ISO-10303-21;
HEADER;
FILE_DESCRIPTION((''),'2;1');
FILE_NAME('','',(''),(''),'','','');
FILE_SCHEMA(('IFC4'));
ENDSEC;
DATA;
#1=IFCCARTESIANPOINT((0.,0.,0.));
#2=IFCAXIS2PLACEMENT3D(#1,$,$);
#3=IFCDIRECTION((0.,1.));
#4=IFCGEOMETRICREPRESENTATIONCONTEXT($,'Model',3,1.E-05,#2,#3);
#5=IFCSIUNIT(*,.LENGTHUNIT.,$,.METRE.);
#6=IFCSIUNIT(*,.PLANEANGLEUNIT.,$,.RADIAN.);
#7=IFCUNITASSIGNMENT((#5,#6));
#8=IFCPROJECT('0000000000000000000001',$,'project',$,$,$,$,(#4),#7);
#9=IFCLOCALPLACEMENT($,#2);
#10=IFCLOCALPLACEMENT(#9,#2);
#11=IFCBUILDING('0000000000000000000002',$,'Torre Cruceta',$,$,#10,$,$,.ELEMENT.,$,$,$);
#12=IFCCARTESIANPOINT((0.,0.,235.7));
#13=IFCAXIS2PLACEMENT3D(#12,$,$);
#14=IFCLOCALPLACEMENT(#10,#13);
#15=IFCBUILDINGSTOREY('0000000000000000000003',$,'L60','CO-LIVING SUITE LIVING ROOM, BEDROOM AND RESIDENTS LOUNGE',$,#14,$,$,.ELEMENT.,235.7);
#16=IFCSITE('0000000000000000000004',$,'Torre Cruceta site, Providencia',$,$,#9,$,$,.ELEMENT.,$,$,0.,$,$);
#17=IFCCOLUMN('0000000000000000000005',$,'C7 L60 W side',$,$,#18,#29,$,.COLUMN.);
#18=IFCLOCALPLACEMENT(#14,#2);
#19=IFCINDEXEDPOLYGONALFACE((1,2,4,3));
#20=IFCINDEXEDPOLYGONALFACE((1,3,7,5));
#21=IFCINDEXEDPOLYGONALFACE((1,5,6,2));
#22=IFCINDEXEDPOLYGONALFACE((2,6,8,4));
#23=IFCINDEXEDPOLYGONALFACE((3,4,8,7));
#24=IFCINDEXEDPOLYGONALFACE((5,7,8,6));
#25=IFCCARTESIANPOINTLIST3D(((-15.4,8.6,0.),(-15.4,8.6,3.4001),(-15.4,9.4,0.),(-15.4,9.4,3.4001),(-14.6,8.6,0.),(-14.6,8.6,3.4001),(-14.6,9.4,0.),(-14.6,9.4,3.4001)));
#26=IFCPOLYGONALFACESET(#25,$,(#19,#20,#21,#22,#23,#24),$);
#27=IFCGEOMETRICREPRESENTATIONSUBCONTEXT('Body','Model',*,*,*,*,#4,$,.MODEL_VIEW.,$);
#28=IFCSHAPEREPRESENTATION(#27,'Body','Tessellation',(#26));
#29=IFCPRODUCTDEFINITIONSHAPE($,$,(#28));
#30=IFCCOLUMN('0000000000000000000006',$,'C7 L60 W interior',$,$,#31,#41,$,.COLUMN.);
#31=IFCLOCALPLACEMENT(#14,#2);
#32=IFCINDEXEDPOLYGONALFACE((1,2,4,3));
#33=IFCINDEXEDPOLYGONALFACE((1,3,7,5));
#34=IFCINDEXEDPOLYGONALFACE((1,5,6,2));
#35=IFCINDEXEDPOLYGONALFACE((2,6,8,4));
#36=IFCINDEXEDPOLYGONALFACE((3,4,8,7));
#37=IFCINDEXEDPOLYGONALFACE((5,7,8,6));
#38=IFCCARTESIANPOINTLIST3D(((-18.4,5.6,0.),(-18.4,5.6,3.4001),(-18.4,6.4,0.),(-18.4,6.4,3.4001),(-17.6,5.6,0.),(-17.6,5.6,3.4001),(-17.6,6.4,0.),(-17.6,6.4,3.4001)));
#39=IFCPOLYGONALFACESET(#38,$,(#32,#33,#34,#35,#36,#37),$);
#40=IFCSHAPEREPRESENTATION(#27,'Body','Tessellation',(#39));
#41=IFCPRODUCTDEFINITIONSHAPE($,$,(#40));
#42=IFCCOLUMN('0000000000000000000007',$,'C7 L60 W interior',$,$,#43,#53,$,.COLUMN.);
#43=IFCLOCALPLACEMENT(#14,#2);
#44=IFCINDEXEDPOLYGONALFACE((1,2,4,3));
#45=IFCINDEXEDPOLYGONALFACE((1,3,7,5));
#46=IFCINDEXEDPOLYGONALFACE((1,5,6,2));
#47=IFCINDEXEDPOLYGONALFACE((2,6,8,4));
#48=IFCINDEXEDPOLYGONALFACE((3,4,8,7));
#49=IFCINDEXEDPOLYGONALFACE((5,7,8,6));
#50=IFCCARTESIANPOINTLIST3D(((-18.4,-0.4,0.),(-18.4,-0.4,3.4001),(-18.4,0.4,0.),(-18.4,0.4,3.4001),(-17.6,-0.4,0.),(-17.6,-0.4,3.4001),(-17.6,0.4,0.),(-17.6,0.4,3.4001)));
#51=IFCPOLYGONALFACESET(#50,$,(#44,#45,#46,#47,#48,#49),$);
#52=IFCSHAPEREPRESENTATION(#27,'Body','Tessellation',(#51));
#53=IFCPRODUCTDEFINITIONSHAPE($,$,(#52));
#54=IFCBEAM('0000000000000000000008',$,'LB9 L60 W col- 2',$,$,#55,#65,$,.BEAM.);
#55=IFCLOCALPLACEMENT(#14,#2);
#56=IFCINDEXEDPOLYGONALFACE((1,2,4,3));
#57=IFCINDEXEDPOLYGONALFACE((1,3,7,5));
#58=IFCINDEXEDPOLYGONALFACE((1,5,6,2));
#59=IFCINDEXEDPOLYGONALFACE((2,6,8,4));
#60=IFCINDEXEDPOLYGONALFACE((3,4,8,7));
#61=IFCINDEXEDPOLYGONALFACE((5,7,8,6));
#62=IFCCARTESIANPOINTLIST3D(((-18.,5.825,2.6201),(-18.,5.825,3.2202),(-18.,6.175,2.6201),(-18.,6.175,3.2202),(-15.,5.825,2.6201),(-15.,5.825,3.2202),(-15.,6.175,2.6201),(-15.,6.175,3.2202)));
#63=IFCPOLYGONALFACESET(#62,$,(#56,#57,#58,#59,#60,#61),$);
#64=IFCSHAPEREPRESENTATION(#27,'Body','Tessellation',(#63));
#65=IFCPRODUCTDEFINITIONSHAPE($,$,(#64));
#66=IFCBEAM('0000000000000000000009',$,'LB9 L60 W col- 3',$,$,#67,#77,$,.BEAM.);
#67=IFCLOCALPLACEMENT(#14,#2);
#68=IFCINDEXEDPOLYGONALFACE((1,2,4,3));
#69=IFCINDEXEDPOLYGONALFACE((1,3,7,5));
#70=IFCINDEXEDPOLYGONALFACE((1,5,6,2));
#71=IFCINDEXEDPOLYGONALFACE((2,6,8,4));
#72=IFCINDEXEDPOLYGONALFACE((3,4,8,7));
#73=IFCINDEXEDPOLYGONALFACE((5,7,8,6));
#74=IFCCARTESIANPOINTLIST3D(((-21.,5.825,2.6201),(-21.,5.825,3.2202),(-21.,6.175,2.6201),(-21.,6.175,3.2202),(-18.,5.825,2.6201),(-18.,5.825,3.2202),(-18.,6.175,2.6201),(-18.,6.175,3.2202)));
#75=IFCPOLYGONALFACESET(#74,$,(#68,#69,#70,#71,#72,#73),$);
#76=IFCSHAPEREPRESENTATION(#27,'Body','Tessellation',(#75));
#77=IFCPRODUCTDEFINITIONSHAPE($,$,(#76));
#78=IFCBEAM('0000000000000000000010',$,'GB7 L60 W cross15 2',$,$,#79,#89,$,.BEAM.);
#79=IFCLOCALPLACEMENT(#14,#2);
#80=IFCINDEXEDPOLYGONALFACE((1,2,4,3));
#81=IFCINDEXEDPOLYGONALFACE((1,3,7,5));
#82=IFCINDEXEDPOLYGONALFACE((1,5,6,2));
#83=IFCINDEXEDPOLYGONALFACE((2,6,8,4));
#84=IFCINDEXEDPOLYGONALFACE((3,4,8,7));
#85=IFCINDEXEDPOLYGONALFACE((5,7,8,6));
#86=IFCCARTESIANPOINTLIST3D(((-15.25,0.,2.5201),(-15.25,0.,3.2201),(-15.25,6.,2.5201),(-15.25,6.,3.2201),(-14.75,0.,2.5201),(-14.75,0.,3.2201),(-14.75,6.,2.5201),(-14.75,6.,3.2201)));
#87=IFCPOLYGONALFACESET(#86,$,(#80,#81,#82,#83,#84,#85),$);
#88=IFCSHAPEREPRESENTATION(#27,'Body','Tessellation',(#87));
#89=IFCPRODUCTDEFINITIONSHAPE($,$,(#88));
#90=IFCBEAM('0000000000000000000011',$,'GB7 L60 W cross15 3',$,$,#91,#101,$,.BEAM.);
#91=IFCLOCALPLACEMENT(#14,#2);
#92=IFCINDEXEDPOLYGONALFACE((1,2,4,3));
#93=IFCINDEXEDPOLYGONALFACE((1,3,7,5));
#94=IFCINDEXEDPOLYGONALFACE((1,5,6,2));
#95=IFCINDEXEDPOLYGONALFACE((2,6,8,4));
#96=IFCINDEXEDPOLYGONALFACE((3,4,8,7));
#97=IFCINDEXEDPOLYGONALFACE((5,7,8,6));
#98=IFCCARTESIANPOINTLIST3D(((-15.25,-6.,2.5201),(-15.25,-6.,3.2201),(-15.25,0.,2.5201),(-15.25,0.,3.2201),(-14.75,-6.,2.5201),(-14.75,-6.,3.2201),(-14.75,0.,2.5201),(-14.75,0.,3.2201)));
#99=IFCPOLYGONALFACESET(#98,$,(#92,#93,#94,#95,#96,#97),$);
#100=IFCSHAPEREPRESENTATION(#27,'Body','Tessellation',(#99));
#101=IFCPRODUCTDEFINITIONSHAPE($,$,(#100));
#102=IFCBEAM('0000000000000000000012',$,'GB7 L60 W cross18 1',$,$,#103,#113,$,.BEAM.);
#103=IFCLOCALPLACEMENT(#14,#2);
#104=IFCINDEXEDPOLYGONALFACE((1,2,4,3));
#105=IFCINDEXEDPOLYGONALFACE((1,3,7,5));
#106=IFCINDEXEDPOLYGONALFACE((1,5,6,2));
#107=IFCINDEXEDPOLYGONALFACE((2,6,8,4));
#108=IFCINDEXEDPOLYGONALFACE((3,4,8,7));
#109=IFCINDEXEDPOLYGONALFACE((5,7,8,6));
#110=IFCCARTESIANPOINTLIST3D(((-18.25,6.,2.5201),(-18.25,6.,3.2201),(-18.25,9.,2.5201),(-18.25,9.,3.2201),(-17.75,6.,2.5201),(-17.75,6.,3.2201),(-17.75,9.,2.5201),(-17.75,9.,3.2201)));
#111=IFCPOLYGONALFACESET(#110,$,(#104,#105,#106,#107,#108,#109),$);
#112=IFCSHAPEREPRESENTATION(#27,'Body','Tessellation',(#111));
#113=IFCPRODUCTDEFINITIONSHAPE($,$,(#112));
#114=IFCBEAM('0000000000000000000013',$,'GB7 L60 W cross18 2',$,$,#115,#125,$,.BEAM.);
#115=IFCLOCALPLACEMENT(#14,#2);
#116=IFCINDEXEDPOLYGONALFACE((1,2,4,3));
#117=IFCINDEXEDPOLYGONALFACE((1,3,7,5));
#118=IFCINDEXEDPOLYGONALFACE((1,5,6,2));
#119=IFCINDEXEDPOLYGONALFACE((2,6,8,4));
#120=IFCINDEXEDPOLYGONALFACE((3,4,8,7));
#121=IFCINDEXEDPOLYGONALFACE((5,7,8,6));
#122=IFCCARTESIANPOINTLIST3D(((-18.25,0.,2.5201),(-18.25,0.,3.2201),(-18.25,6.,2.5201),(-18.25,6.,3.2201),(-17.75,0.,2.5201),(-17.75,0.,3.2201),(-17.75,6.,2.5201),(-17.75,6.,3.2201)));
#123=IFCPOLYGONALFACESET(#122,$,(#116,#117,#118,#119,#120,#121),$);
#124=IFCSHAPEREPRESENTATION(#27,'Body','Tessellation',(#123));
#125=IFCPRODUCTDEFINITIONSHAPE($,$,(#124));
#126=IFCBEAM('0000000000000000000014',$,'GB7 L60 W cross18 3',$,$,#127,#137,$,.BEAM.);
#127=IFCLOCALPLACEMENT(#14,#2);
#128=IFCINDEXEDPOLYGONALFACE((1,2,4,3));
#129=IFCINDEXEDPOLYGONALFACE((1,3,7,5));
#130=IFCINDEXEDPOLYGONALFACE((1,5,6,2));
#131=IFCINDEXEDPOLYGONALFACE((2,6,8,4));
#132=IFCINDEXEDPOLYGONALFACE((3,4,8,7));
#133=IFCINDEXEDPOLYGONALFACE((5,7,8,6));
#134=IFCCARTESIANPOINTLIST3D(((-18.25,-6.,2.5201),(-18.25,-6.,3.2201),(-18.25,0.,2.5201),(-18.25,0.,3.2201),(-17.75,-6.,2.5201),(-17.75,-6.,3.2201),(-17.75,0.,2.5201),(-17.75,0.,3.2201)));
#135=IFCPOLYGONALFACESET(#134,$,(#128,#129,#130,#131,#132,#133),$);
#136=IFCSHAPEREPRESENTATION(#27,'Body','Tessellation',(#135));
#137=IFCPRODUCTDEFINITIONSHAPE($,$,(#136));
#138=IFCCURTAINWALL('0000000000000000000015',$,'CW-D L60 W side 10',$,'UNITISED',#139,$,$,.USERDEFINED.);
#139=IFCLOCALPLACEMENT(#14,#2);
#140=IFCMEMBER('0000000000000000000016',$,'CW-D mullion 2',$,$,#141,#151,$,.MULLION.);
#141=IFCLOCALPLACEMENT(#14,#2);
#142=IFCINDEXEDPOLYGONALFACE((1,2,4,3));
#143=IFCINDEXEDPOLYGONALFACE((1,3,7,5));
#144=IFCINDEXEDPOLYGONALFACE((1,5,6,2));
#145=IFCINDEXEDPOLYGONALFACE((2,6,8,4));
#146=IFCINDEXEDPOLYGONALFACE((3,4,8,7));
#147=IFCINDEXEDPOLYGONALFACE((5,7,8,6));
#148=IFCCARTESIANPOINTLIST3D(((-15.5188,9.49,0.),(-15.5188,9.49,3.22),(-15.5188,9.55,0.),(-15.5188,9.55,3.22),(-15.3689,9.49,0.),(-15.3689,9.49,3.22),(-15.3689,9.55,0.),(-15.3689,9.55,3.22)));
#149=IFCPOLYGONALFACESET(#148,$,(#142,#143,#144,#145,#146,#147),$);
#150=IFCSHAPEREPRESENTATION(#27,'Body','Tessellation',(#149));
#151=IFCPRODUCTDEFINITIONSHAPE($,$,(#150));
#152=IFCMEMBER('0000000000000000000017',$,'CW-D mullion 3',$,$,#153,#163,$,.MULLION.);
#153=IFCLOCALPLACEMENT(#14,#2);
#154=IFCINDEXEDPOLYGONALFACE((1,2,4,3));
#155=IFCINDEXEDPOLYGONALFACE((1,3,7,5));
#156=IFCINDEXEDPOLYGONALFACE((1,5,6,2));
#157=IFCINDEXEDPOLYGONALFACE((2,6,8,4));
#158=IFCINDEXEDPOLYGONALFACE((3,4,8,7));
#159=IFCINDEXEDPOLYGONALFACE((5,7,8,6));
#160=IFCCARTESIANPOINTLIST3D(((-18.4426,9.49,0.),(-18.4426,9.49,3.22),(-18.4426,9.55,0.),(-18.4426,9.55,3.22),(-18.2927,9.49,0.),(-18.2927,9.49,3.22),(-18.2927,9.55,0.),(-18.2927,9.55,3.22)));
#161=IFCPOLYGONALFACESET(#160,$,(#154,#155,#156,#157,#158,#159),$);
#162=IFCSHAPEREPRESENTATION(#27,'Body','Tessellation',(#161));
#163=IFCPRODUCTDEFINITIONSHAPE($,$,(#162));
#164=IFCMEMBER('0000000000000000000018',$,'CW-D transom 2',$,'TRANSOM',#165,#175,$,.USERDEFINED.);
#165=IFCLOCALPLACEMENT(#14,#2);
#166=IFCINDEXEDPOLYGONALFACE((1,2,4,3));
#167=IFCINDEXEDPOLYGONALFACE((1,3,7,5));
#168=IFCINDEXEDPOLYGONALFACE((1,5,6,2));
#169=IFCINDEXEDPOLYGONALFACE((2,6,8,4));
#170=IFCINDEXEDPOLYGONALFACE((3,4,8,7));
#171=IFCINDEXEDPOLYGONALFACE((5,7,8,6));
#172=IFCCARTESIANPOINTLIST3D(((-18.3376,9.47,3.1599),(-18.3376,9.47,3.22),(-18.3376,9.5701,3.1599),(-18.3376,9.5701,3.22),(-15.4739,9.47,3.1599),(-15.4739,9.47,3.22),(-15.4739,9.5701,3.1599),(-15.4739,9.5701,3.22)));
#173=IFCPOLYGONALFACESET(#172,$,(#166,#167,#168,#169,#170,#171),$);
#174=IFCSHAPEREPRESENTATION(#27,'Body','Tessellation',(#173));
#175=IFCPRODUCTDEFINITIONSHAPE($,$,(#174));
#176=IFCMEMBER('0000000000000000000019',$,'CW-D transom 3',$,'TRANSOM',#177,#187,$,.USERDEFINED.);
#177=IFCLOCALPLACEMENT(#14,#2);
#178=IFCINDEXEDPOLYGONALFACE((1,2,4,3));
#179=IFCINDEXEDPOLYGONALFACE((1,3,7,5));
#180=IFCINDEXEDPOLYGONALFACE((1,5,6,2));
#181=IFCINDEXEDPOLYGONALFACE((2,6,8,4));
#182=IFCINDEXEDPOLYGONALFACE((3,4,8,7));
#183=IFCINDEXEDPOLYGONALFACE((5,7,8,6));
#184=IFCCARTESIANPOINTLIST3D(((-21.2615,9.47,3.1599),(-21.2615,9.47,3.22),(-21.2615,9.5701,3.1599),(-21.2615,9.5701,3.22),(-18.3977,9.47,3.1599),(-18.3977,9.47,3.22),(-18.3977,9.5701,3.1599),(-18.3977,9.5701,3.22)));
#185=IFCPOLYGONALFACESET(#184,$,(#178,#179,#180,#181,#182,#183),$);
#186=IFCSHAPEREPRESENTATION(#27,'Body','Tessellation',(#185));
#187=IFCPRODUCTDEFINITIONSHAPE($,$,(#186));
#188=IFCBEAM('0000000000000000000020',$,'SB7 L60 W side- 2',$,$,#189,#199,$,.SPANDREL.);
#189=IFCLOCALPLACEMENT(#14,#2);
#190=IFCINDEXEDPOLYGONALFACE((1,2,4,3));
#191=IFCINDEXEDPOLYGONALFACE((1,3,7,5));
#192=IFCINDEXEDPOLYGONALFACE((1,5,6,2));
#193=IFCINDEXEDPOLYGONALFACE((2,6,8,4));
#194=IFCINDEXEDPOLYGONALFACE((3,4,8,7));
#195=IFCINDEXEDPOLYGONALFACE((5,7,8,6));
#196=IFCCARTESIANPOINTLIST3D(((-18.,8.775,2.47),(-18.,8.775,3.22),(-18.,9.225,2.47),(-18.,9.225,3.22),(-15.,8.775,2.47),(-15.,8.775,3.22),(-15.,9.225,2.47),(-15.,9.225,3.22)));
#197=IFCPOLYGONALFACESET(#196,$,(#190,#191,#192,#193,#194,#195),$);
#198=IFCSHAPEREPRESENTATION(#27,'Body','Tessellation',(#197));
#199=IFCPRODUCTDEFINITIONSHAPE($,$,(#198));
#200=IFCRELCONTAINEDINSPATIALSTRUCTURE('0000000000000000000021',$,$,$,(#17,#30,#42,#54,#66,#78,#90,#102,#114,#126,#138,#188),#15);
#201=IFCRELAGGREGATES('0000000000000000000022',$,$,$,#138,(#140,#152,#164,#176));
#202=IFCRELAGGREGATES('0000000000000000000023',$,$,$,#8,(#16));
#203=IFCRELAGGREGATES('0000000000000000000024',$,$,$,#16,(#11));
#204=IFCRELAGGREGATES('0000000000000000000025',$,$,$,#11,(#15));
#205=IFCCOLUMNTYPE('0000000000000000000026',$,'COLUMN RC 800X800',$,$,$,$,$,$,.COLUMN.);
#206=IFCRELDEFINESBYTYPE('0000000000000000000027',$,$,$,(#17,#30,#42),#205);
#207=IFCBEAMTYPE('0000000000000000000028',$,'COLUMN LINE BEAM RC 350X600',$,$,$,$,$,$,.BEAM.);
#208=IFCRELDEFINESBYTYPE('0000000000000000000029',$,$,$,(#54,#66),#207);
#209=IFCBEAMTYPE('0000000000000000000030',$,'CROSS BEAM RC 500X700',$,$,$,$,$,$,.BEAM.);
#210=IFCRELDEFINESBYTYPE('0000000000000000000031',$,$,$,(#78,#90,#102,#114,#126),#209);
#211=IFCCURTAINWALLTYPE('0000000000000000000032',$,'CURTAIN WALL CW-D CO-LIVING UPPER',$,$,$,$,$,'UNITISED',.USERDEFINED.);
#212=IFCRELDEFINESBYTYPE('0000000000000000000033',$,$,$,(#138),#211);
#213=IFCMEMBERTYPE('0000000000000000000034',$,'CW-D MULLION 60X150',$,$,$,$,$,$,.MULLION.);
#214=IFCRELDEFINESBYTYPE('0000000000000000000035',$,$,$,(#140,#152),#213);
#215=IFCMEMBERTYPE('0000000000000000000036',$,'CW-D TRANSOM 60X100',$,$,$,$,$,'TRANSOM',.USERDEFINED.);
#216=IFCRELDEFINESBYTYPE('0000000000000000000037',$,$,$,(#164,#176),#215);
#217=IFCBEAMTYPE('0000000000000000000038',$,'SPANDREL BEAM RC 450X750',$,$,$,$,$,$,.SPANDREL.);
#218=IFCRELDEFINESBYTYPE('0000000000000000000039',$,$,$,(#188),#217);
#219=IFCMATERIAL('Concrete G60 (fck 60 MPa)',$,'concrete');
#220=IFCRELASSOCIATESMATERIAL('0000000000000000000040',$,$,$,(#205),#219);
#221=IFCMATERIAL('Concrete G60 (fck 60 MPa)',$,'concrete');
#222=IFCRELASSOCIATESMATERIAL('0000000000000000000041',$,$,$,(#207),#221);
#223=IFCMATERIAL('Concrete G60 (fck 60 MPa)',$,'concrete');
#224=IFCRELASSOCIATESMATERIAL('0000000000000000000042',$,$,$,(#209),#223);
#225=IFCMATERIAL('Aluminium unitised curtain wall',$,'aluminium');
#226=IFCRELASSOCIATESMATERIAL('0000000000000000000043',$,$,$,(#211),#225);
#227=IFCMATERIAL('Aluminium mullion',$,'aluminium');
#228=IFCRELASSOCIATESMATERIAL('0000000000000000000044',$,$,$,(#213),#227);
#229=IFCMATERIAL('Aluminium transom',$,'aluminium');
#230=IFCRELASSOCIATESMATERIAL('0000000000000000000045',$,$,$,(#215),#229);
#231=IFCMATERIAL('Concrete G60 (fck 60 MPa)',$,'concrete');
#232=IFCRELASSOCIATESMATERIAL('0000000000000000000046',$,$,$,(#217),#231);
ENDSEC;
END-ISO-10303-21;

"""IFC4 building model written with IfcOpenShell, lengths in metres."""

from ifc_helpers import new_model, si_unit, direction, frame, origin, origin_2d, place, context, subcontext, project, spatial, rectangle, extrude, material, material_profile, profile_set, type_object, element, aggregate, save


model = new_model("IFC4")

# Units and contexts
model_context = context("Model", 3, precision=1e-05, world=origin(), true_north=direction((0.0, 1.0)))
body_context = subcontext(model_context, "Body", "Model", "MODEL_VIEW")
ifc_project = project(units=[si_unit("LENGTHUNIT", "METRE"), si_unit("PLANEANGLEUNIT", "RADIAN")], contexts=[model_context])

# Site, building, storey
site_placement = place(None, origin())
site = spatial("IfcSite", under=ifc_project, at=site_placement, Name="Torre Cruceta site, Providencia", CompositionType="ELEMENT", RefElevation=0.0)
building_placement = place(site_placement, origin())
building = spatial("IfcBuilding", under=site, at=building_placement, Name="Torre Cruceta", CompositionType="ELEMENT")
storey_placement = place(building_placement, frame((0.0, 0.0, 235.7)))
storey = spatial("IfcBuildingStorey", under=building, at=storey_placement, Name="L60", Description="CO-LIVING SUITE LIVING ROOM, BEDROOM AND RESIDENTS LOUNGE", CompositionType="ELEMENT", Elevation=235.7)

# Columns
ifc_material_1 = material(Name="Concrete G60 (fck 60 MPa)", Category="concrete")
ifc_material_profile_1 = material_profile(ifc_material_1, rectangle(XDim=0.8, YDim=0.8, at=origin_2d()), Name="RC 800X800")
ifc_profile_set_1 = profile_set([ifc_material_profile_1], Name="Concrete G60 (fck 60 MPa)")
column_type = type_object("IfcColumnType", Name="COLUMN RC 800X800", PredefinedType="COLUMN", material=ifc_profile_set_1)
for number, where, z_axis, x_axis, name in (
    (1, (-15.0, 9.0, 0.0), (0.0, 0.0, 1.0), (1.0, 0.0, 0.0), "C7 L60 W side"),
    (2, (-18.0, 6.0, 0.0), (0.0, 0.0, 1.0), (1.0, 0.0, 0.0), "C7 L60 W interior"),
    (3, (-18.0, 0.0, 0.0), (0.0, 0.0, 1.0), (1.0, 0.0, 0.0), "C7 L60 W interior"),
):
    element("IfcColumn", number, at=place(storey_placement, frame(where, z_axis=z_axis, x_axis=x_axis)), inside=storey, type_object=column_type, Name=name, PredefinedType="COLUMN", context=body_context, shape_type="SweptSolid", body=[
        extrude(rectangle(XDim=0.8, YDim=0.8, at=origin_2d()), origin(), (0.0, 0.0, 1.0), 3.4001),
    ])

# Beams
ifc_material_2 = material(Name="Concrete G60 (fck 60 MPa)", Category="concrete")
ifc_material_profile_2 = material_profile(ifc_material_2, rectangle(XDim=0.3501, YDim=0.6001, at=origin_2d()), Name="RC 350X600")
ifc_profile_set_2 = profile_set([ifc_material_profile_2], Name="Concrete G60 (fck 60 MPa)")
beam_type_1 = type_object("IfcBeamType", Name="COLUMN LINE BEAM RC 350X600", PredefinedType="BEAM", material=ifc_profile_set_2)
for number, where, z_axis, x_axis, name in (
    (4, (-15.0, 6.0, 2.9202), (-1.0, 0.0, 0.0), (0.0, -1.0, 0.0), "LB9 L60 W col- 2"),
    (5, (-18.0, 6.0, 2.9202), (-1.0, 0.0, 0.0), (0.0, -1.0, 0.0), "LB9 L60 W col- 3"),
):
    element("IfcBeam", number, at=place(storey_placement, frame(where, z_axis=z_axis, x_axis=x_axis)), inside=storey, type_object=beam_type_1, Name=name, PredefinedType="BEAM", context=body_context, shape_type="SweptSolid", body=[
        extrude(rectangle(XDim=0.3501, YDim=0.6001, at=origin_2d()), origin(), (0.0, 0.0, 1.0), 3.0),
    ])
ifc_material_3 = material(Name="Concrete G60 (fck 60 MPa)", Category="concrete")
ifc_material_profile_3 = material_profile(ifc_material_3, rectangle(XDim=0.5, YDim=0.7, at=origin_2d()), Name="RC 500X700")
ifc_profile_set_3 = profile_set([ifc_material_profile_3], Name="Concrete G60 (fck 60 MPa)")
beam_type_2 = type_object("IfcBeamType", Name="CROSS BEAM RC 500X700", PredefinedType="BEAM", material=ifc_profile_set_3)
for number, where, z_axis, x_axis, name in (
    (6, (-15.0, 6.0, 2.8701), (0.0, -1.0, 0.0), (1.0, 0.0, 0.0), "GB7 L60 W cross15 2"),
    (7, (-15.0, 0.0, 2.8701), (0.0, -1.0, 0.0), (1.0, 0.0, 0.0), "GB7 L60 W cross15 3"),
):
    element("IfcBeam", number, at=place(storey_placement, frame(where, z_axis=z_axis, x_axis=x_axis)), inside=storey, type_object=beam_type_2, Name=name, PredefinedType="BEAM", context=body_context, shape_type="SweptSolid", body=[
        extrude(rectangle(XDim=0.5, YDim=0.7, at=origin_2d()), origin(), (0.0, 0.0, 1.0), 6.0),
    ])
beam_placement = place(storey_placement, frame((-18.0, 9.0, 2.8701), z_axis=(0.0, -1.0, 0.0), x_axis=(1.0, 0.0, 0.0)))
element("IfcBeam", 8, at=beam_placement, inside=storey, type_object=beam_type_2, Name="GB7 L60 W cross18 1", PredefinedType="BEAM", context=body_context, shape_type="SweptSolid", body=[
    extrude(rectangle(XDim=0.5, YDim=0.7, at=origin_2d()), origin(), (0.0, 0.0, 1.0), 3.0),
])
for number, where, z_axis, x_axis, name in (
    (9, (-18.0, 6.0, 2.8701), (0.0, -1.0, 0.0), (1.0, 0.0, 0.0), "GB7 L60 W cross18 2"),
    (10, (-18.0, 0.0, 2.8701), (0.0, -1.0, 0.0), (1.0, 0.0, 0.0), "GB7 L60 W cross18 3"),
):
    element("IfcBeam", number, at=place(storey_placement, frame(where, z_axis=z_axis, x_axis=x_axis)), inside=storey, type_object=beam_type_2, Name=name, PredefinedType="BEAM", context=body_context, shape_type="SweptSolid", body=[
        extrude(rectangle(XDim=0.5, YDim=0.7, at=origin_2d()), origin(), (0.0, 0.0, 1.0), 6.0),
    ])

# Curtain wall, members
ifc_material_4 = material(Name="Aluminium unitised curtain wall", Category="aluminium")
curtain_wall_type = type_object("IfcCurtainWallType", Name="CURTAIN WALL CW-D CO-LIVING UPPER", ElementType="UNITISED", PredefinedType="USERDEFINED", material=ifc_material_4)
curtain_wall_placement = place(storey_placement, origin())
curtain_wall = element("IfcCurtainWall", 11, at=curtain_wall_placement, inside=storey, type_object=curtain_wall_type, Name="CW-D L60 W side 10", ObjectType="UNITISED", PredefinedType="USERDEFINED")
ifc_material_5 = material(Name="Aluminium mullion", Category="aluminium")
ifc_material_profile_4 = material_profile(ifc_material_5, rectangle(XDim=0.0601, YDim=0.1499, at=origin_2d()), Name="AL 60X150")
ifc_profile_set_4 = profile_set([ifc_material_profile_4], Name="Aluminium mullion")
member_type_1 = type_object("IfcMemberType", Name="CW-D MULLION 60X150", PredefinedType="MULLION", material=ifc_profile_set_4)
member_1_placement = place(storey_placement, frame((-15.4438, 9.52, 0.0), z_axis=(0.0, 0.0, 1.0), x_axis=(0.0, -1.0, 0.0)))
member_1 = element("IfcMember", 12, at=member_1_placement, type_object=member_type_1, Name="CW-D mullion 2", PredefinedType="MULLION", context=body_context, shape_type="SweptSolid", body=[
    extrude(rectangle(XDim=0.0601, YDim=0.1499, at=origin_2d()), origin(), (0.0, 0.0, 1.0), 3.22),
])
member_2_placement = place(storey_placement, frame((-18.3677, 9.52, 0.0), z_axis=(0.0, 0.0, 1.0), x_axis=(0.0, -1.0, 0.0)))
member_2 = element("IfcMember", 13, at=member_2_placement, type_object=member_type_1, Name="CW-D mullion 3", PredefinedType="MULLION", context=body_context, shape_type="SweptSolid", body=[
    extrude(rectangle(XDim=0.0601, YDim=0.1499, at=origin_2d()), origin(), (0.0, 0.0, 1.0), 3.22),
])
ifc_material_6 = material(Name="Aluminium transom", Category="aluminium")
ifc_material_profile_5 = material_profile(ifc_material_6, rectangle(XDim=0.1001, YDim=0.0601, at=origin_2d()), Name="AL 100X60")
ifc_profile_set_5 = profile_set([ifc_material_profile_5], Name="Aluminium transom")
member_type_2 = type_object("IfcMemberType", Name="CW-D TRANSOM 60X100", ElementType="TRANSOM", PredefinedType="USERDEFINED", material=ifc_profile_set_5)
member_3_placement = place(storey_placement, frame((-15.4739, 9.52, 3.1899), z_axis=(-1.0, 0.0, 0.0), x_axis=(0.0, -1.0, 0.0)))
member_3 = element("IfcMember", 14, at=member_3_placement, type_object=member_type_2, Name="CW-D transom 2", ObjectType="TRANSOM", PredefinedType="USERDEFINED", context=body_context, shape_type="SweptSolid", body=[
    extrude(rectangle(XDim=0.1001, YDim=0.0601, at=origin_2d()), origin(), (0.0, 0.0, 1.0), 2.8638),
])
member_4_placement = place(storey_placement, frame((-18.3977, 9.52, 3.1899), z_axis=(-1.0, 0.0, 0.0), x_axis=(0.0, -1.0, 0.0)))
member_4 = element("IfcMember", 15, at=member_4_placement, type_object=member_type_2, Name="CW-D transom 3", ObjectType="TRANSOM", PredefinedType="USERDEFINED", context=body_context, shape_type="SweptSolid", body=[
    extrude(rectangle(XDim=0.1001, YDim=0.0601, at=origin_2d()), origin(), (0.0, 0.0, 1.0), 2.8638),
])

# Beam
ifc_material_7 = material(Name="Concrete G60 (fck 60 MPa)", Category="concrete")
ifc_material_profile_6 = material_profile(ifc_material_7, rectangle(XDim=0.45, YDim=0.75, at=origin_2d()), Name="RC 450X750")
ifc_profile_set_6 = profile_set([ifc_material_profile_6], Name="Concrete G60 (fck 60 MPa)")
beam_type_3 = type_object("IfcBeamType", Name="SPANDREL BEAM RC 450X750", PredefinedType="SPANDREL", material=ifc_profile_set_6)
for number, where, z_axis, x_axis, name in (
    (16, (-15.0, 9.0, 2.845), (-1.0, 0.0, 0.0), (0.0, -1.0, 0.0), "SB7 L60 W side- 2"),
):
    element("IfcBeam", number, at=place(storey_placement, frame(where, z_axis=z_axis, x_axis=x_axis)), inside=storey, type_object=beam_type_3, Name=name, PredefinedType="SPANDREL", context=body_context, shape_type="SweptSolid", body=[
        extrude(rectangle(XDim=0.45, YDim=0.75, at=origin_2d()), origin(), (0.0, 0.0, 1.0), 3.0),
    ])

aggregate(curtain_wall, [member_1, member_2, member_3, member_4])

save(model, "model.ifc")
